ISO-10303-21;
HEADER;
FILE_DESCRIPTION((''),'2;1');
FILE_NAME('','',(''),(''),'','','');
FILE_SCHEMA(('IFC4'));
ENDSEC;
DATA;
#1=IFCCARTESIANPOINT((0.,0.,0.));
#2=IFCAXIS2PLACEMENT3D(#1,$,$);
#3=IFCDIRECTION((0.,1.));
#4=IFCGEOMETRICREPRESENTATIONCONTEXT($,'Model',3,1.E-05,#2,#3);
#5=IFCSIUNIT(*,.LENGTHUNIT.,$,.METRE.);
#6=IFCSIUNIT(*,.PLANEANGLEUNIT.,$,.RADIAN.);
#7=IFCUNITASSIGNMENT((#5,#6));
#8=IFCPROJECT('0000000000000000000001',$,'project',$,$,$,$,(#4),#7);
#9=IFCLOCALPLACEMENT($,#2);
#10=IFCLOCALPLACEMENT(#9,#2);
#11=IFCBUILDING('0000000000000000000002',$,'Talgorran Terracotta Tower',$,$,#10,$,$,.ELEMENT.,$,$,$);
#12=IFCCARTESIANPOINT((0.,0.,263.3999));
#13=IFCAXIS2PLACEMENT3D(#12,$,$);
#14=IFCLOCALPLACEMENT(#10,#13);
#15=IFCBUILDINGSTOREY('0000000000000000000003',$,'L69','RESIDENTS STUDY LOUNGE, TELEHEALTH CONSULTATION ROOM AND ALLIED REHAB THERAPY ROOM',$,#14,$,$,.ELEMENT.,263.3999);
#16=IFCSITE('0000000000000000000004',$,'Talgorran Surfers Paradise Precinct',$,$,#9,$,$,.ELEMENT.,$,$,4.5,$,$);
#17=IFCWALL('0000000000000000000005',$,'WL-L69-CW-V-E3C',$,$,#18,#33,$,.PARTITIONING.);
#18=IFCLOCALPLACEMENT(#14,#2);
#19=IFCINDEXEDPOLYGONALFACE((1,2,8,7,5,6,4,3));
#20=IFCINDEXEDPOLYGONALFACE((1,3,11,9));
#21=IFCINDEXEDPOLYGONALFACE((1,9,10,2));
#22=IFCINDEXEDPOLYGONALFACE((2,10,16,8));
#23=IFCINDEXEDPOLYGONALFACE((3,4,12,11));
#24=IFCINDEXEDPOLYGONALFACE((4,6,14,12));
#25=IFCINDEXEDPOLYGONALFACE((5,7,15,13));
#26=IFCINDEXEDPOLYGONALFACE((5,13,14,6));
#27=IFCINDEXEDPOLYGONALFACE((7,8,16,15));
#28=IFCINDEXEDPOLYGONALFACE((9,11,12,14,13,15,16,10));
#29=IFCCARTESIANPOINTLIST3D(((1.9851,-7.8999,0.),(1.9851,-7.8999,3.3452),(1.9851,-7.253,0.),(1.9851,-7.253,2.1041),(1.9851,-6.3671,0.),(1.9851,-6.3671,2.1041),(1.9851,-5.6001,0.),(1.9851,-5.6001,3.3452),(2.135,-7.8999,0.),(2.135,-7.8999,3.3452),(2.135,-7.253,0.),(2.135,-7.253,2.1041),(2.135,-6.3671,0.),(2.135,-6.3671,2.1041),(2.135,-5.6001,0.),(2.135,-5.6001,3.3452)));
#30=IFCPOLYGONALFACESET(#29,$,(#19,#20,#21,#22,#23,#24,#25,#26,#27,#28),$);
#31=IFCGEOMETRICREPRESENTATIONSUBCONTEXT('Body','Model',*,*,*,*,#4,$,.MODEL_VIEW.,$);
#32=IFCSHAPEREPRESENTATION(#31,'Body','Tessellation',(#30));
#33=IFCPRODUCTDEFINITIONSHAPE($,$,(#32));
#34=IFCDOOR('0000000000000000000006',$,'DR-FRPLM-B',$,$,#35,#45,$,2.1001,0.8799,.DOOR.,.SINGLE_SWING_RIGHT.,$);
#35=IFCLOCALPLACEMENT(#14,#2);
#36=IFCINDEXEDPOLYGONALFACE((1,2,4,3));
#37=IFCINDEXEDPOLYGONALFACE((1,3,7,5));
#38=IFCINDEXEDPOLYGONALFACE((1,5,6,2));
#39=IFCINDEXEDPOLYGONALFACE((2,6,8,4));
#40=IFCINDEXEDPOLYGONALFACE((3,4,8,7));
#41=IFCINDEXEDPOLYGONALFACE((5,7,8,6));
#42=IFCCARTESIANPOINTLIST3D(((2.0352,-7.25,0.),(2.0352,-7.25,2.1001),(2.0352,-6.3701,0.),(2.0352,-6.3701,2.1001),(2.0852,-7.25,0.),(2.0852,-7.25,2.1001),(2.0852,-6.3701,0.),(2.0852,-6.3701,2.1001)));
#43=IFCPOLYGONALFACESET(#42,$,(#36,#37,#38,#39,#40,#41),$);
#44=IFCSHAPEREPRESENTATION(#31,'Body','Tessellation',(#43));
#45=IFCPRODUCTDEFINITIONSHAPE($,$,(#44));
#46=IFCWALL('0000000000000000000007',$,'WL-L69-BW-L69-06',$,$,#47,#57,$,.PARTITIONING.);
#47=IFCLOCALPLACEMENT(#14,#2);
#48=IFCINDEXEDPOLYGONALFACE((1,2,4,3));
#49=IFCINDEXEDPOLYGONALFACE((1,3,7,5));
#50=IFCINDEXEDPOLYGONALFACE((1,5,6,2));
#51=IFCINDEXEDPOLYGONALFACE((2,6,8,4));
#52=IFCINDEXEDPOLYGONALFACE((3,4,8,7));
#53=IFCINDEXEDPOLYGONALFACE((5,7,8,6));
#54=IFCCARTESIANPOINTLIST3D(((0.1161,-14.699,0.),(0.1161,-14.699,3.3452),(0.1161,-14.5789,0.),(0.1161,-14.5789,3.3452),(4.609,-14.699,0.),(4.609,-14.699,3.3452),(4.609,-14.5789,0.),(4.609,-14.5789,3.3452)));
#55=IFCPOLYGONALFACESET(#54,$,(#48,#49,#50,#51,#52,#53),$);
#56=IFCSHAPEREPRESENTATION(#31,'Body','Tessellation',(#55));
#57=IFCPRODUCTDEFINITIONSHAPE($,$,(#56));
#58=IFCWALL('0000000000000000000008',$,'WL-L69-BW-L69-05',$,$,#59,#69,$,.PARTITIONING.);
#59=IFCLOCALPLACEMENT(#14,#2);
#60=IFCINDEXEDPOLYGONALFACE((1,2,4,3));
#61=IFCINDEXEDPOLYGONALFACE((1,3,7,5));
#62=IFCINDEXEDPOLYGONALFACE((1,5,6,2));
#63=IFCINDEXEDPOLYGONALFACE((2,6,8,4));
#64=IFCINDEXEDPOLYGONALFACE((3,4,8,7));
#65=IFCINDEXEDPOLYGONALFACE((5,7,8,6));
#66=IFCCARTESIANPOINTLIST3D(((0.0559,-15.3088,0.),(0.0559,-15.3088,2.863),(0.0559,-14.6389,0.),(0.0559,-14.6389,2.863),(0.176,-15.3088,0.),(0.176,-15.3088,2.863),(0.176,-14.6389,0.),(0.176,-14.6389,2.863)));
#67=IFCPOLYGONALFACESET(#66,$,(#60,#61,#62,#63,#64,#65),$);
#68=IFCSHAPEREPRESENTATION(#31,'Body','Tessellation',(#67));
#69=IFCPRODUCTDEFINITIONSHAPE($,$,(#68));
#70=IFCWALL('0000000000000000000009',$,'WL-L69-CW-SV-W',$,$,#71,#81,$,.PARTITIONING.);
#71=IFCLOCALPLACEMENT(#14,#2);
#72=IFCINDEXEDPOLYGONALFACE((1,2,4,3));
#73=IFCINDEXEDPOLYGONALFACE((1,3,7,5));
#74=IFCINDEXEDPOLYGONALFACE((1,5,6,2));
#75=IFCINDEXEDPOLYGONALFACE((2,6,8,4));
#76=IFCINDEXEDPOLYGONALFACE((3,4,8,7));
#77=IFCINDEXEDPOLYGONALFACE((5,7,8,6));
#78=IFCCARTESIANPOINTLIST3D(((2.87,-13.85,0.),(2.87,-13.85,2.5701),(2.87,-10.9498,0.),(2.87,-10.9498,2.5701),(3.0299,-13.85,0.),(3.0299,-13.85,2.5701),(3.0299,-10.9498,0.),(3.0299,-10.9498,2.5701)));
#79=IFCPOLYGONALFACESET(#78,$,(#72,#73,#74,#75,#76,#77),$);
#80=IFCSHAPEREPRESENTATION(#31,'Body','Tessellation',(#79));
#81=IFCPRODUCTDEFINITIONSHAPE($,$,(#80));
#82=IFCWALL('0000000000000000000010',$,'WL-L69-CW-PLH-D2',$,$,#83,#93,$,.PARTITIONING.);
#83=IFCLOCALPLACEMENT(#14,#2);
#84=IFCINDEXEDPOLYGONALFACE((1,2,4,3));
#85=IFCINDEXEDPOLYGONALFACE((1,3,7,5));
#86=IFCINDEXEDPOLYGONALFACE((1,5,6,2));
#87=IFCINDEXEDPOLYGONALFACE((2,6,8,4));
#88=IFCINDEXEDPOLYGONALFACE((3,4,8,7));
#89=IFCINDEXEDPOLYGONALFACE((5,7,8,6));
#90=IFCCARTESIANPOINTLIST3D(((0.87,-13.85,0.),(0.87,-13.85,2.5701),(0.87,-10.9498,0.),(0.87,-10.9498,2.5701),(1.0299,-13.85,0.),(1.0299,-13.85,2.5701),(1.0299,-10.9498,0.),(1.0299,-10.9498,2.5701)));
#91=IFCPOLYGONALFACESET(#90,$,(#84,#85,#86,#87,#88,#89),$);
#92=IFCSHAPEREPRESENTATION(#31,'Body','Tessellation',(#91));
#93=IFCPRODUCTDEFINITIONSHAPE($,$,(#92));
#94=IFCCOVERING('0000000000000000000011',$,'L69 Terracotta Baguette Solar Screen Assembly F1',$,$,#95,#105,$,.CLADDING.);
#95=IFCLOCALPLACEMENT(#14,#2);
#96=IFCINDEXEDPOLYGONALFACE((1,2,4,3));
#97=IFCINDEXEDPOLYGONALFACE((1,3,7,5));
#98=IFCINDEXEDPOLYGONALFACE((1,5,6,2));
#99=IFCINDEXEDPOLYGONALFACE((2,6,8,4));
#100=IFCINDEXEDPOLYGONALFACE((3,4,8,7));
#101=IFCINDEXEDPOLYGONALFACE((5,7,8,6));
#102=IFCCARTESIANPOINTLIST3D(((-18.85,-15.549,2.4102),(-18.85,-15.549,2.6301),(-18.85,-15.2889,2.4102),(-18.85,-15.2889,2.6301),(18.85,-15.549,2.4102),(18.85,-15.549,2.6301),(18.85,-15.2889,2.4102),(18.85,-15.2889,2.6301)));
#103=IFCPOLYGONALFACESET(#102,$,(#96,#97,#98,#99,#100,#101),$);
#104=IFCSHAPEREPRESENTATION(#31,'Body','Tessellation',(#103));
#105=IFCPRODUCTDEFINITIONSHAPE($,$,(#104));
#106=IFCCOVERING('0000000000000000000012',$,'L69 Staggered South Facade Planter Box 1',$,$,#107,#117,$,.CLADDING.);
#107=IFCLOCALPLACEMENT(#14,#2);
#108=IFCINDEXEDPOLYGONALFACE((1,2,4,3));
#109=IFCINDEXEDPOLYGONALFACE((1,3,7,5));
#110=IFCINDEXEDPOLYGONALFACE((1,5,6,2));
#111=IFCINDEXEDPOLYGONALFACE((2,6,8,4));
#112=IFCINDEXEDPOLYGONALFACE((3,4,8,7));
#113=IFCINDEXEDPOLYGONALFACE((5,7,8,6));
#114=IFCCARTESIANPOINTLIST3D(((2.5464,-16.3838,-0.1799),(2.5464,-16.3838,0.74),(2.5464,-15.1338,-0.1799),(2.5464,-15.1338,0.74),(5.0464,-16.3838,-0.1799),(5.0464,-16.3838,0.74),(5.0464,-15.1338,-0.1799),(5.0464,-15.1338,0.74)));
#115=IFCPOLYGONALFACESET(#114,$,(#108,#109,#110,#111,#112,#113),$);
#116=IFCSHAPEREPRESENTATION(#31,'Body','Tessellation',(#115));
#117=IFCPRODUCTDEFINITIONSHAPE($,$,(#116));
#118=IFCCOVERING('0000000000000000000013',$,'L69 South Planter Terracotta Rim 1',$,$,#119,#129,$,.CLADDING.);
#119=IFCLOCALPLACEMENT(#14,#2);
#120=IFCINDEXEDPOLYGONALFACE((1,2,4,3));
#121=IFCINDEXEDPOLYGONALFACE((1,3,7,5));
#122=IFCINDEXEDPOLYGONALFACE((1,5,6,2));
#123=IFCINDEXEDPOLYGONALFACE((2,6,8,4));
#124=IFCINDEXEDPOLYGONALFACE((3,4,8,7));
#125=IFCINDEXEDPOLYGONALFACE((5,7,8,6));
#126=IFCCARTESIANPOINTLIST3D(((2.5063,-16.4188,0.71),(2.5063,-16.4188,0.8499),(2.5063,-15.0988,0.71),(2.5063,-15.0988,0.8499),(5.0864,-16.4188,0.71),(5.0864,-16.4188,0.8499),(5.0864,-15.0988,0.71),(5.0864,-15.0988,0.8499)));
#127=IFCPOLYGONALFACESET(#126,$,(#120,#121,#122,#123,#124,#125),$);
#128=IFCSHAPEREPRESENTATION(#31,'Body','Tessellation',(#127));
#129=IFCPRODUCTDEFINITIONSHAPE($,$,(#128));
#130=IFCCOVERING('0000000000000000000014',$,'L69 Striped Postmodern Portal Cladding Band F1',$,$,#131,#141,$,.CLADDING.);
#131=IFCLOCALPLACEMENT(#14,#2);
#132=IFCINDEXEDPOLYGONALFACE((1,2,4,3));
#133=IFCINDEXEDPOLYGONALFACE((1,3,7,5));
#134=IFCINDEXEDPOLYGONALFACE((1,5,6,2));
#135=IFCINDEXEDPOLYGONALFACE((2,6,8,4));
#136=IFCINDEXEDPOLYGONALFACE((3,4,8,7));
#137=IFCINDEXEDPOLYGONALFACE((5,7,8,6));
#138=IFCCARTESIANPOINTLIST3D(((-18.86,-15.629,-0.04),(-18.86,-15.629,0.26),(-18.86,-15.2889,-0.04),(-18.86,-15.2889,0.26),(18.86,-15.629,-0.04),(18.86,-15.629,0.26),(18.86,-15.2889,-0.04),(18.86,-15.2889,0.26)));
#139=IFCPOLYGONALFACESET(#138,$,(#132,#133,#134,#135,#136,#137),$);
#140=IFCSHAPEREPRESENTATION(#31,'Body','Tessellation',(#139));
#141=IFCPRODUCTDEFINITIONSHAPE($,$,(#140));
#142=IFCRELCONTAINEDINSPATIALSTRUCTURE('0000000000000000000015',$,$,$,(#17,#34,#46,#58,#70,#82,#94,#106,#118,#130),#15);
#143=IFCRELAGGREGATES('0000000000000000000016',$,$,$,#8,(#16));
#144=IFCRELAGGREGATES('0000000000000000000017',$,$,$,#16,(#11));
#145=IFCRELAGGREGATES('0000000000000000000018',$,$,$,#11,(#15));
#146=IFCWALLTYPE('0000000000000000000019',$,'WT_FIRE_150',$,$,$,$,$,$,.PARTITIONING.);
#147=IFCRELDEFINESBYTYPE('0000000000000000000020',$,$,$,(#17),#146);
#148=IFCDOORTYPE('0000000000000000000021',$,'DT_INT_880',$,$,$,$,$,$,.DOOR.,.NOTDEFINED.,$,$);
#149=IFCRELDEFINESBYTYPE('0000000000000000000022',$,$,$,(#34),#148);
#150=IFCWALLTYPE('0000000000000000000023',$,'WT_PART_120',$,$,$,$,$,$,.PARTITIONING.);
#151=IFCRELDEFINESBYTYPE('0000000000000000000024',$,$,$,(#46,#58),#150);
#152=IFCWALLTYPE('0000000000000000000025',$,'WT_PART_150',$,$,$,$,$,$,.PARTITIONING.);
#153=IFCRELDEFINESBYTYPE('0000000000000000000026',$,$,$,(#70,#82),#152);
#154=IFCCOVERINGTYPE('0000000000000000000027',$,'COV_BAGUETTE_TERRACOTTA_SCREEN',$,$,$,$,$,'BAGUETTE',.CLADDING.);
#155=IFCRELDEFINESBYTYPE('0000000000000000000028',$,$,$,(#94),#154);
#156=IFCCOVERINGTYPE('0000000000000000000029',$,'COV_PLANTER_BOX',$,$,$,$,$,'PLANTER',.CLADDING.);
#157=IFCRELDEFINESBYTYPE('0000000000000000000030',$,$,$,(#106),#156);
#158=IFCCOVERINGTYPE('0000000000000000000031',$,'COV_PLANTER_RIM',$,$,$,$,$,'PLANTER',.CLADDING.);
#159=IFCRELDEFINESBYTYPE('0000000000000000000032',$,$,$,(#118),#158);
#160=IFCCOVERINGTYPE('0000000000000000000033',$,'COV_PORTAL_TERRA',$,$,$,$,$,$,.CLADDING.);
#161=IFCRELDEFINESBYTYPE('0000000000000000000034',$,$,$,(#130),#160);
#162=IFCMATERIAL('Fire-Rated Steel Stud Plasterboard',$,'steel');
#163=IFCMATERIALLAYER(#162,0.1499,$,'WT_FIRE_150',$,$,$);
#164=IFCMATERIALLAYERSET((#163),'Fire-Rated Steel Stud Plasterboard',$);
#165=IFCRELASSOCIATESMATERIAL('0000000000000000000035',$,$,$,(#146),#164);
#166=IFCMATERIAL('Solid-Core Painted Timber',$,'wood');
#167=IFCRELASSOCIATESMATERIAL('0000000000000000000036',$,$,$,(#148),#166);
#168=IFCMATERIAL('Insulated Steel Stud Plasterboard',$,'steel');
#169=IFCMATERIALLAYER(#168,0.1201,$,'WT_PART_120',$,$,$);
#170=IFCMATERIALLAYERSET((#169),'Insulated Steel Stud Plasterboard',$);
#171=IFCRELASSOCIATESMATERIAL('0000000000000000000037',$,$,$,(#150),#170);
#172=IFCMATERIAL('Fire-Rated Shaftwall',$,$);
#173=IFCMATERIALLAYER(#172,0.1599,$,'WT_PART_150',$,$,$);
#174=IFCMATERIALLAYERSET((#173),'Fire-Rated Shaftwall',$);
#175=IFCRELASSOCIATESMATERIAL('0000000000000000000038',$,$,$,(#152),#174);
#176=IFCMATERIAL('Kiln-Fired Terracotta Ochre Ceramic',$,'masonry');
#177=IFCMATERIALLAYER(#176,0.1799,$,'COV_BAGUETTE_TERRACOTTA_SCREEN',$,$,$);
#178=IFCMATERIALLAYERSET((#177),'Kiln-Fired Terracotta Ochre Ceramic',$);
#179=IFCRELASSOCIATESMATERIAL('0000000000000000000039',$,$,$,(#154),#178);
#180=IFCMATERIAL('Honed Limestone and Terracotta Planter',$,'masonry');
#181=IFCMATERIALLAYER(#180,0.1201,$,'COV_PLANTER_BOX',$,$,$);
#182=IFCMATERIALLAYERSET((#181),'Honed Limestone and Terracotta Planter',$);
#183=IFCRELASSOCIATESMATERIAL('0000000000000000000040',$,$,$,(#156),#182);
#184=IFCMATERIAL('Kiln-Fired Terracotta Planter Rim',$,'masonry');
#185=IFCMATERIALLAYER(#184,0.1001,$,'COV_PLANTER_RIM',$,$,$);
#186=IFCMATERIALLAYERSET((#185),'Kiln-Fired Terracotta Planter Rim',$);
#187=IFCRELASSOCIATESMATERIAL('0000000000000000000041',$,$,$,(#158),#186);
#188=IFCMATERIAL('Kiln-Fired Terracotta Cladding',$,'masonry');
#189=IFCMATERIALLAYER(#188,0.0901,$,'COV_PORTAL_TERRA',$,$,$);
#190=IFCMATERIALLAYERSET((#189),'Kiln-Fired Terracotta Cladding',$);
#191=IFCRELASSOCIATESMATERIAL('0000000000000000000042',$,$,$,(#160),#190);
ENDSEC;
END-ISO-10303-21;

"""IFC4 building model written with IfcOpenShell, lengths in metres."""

from ifc_helpers import new_model, si_unit, direction, frame, frame_2d, origin, origin_2d, place, context, subcontext, project, spatial, rectangle, extrude, material, layer, layer_set, type_object, element, fill, save


model = new_model("IFC4")

# Units and contexts
model_context = context("Model", 3, precision=1e-05, world=origin(), true_north=direction((0.0, 1.0)))
body_context = subcontext(model_context, "Body", "Model", "MODEL_VIEW")
ifc_project = project(units=[si_unit("LENGTHUNIT", "METRE"), si_unit("PLANEANGLEUNIT", "RADIAN")], contexts=[model_context])

# Site, building, storey
site_placement = place(None, origin())
site = spatial("IfcSite", under=ifc_project, at=site_placement, Name="Talgorran Surfers Paradise Precinct", CompositionType="ELEMENT", RefElevation=4.5)
building_placement = place(site_placement, origin())
building = spatial("IfcBuilding", under=site, at=building_placement, Name="Talgorran Terracotta Tower", CompositionType="ELEMENT")
storey_placement = place(building_placement, frame((0.0, 0.0, 263.3999)))
storey = spatial("IfcBuildingStorey", under=building, at=storey_placement, Name="L69", Description="RESIDENTS STUDY LOUNGE, TELEHEALTH CONSULTATION ROOM AND ALLIED REHAB THERAPY ROOM", CompositionType="ELEMENT", Elevation=263.3999)

# Shared definitions
ifc_material_1 = material(Name="Fire-Rated Steel Stud Plasterboard", Category="steel")
ifc_layer_1 = layer(ifc_material_1, 0.1499, Name="WT_FIRE_150")
ifc_layer_set_1 = layer_set([ifc_layer_1], Name="Fire-Rated Steel Stud Plasterboard")
wall_type_1 = type_object("IfcWallType", Name="WT_FIRE_150", PredefinedType="PARTITIONING", material=ifc_layer_set_1)

# Wall, opening, door
wall_1_placement = place(storey_placement, frame((2.0601, -7.8999, 0.0), z_axis=(0.0, 0.0, 1.0), x_axis=(0.0, 1.0, 0.0)))
wall_1 = element("IfcWall", 1, at=wall_1_placement, inside=storey, type_object=wall_type_1, Name="WL-L69-CW-V-E3C", PredefinedType="PARTITIONING", context=body_context, shape_type="SweptSolid", body=[
    extrude(rectangle(XDim=2.2998, YDim=0.1499, at=frame_2d((1.1499, 0.0))), origin(), (0.0, 0.0, 1.0), 3.3452),
])
opening_placement = place(wall_1_placement, frame((0.6499, 0.0, 0.0)))
opening = element("IfcOpeningElement", 2, at=opening_placement, cuts=wall_1, PredefinedType="OPENING", context=body_context, shape_type="SweptSolid", body=[
    extrude(rectangle(XDim=0.8859, YDim=2.1041, at=frame_2d((0.4399, 1.052))), frame((0.0, 0.085, 0.0), z_axis=(0.0, -1.0, 0.0), x_axis=(1.0, 0.0, 0.0)), (0.0, 0.0, 1.0), 0.1699),
])
ifc_material_2 = material(Name="Solid-Core Painted Timber", Category="wood")
door_type = type_object("IfcDoorType", Name="DT_INT_880", OperationType="NOTDEFINED", PredefinedType="DOOR", material=ifc_material_2)
door_placement = place(opening_placement, origin())
door = element("IfcDoor", 3, at=door_placement, inside=storey, type_object=door_type, Name="DR-FRPLM-B", OperationType="SINGLE_SWING_RIGHT", OverallHeight=2.1001, OverallWidth=0.8799, PredefinedType="DOOR", context=body_context, shape_type="SweptSolid", body=[
    extrude(rectangle(XDim=0.8799, YDim=2.1001, at=frame_2d((0.4399, 1.05))), frame((0.0, 0.0249, 0.0), z_axis=(0.0, -1.0, 0.0), x_axis=(1.0, 0.0, 0.0)), (0.0, 0.0, 1.0), 0.05),
])
fill(opening, door)

# Walls
ifc_material_3 = material(Name="Insulated Steel Stud Plasterboard", Category="steel")
ifc_layer_2 = layer(ifc_material_3, 0.1201, Name="WT_PART_120")
ifc_layer_set_2 = layer_set([ifc_layer_2], Name="Insulated Steel Stud Plasterboard")
wall_type_2 = type_object("IfcWallType", Name="WT_PART_120", PredefinedType="PARTITIONING", material=ifc_layer_set_2)
wall_2_placement = place(storey_placement, frame((0.116, -14.6389, 0.0), z_axis=(0.0, 0.0, 1.0), x_axis=(1.0, 0.0, 0.0)))
element("IfcWall", 4, at=wall_2_placement, inside=storey, type_object=wall_type_2, Name="WL-L69-BW-L69-06", PredefinedType="PARTITIONING", context=body_context, shape_type="SweptSolid", body=[
    extrude(rectangle(XDim=4.4929, YDim=0.1201, at=frame_2d((2.2466, 0.0))), origin(), (0.0, 0.0, 1.0), 3.3452),
])
wall_3_placement = place(storey_placement, frame((0.116, -15.3088, 0.0), z_axis=(0.0, 0.0, 1.0), x_axis=(0.0, 1.0, 0.0)))
element("IfcWall", 5, at=wall_3_placement, inside=storey, type_object=wall_type_2, Name="WL-L69-BW-L69-05", PredefinedType="PARTITIONING", context=body_context, shape_type="SweptSolid", body=[
    extrude(rectangle(XDim=0.6699, YDim=0.1201, at=frame_2d((0.335, 0.0))), origin(), (0.0, 0.0, 1.0), 2.863),
])
ifc_material_4 = material(Name="Fire-Rated Shaftwall")
ifc_layer_3 = layer(ifc_material_4, 0.1599, Name="WT_PART_150")
ifc_layer_set_3 = layer_set([ifc_layer_3], Name="Fire-Rated Shaftwall")
wall_type_3 = type_object("IfcWallType", Name="WT_PART_150", PredefinedType="PARTITIONING", material=ifc_layer_set_3)
for number, where, z_axis, x_axis, name in (
    (6, (2.95, -13.8501, 0.0), (0.0, 0.0, 1.0), (0.0, 1.0, 0.0), "WL-L69-CW-SV-W"),
    (7, (0.95, -13.8501, 0.0), (0.0, 0.0, 1.0), (0.0, 1.0, 0.0), "WL-L69-CW-PLH-D2"),
):
    element("IfcWall", number, at=place(storey_placement, frame(where, z_axis=z_axis, x_axis=x_axis)), inside=storey, type_object=wall_type_3, Name=name, PredefinedType="PARTITIONING", context=body_context, shape_type="SweptSolid", body=[
        extrude(rectangle(XDim=2.9001, YDim=0.1599, at=frame_2d((1.4502, 0.0))), origin(), (0.0, 0.0, 1.0), 2.5701),
    ])

# Coverings
ifc_material_5 = material(Name="Kiln-Fired Terracotta Ochre Ceramic", Category="masonry")
ifc_layer_4 = layer(ifc_material_5, 0.1799, Name="COV_BAGUETTE_TERRACOTTA_SCREEN")
ifc_layer_set_4 = layer_set([ifc_layer_4], Name="Kiln-Fired Terracotta Ochre Ceramic")
covering_type_1 = type_object("IfcCoveringType", Name="COV_BAGUETTE_TERRACOTTA_SCREEN", ElementType="BAGUETTE", PredefinedType="CLADDING", material=ifc_layer_set_4)
covering_1_placement = place(storey_placement, frame((0.0, -15.4189, 2.4102), z_axis=(0.0, 0.0, 1.0), x_axis=(1.0, 0.0, 0.0)))
element("IfcCovering", 8, at=covering_1_placement, inside=storey, type_object=covering_type_1, Name="L69 Terracotta Baguette Solar Screen Assembly F1", PredefinedType="CLADDING", context=body_context, shape_type="SweptSolid", body=[
    extrude(rectangle(XDim=37.7, YDim=0.26, at=origin_2d()), origin(), (0.0, 0.0, 1.0), 0.22),
])
ifc_material_6 = material(Name="Honed Limestone and Terracotta Planter", Category="masonry")
ifc_layer_5 = layer(ifc_material_6, 0.1201, Name="COV_PLANTER_BOX")
ifc_layer_set_5 = layer_set([ifc_layer_5], Name="Honed Limestone and Terracotta Planter")
covering_type_2 = type_object("IfcCoveringType", Name="COV_PLANTER_BOX", ElementType="PLANTER", PredefinedType="CLADDING", material=ifc_layer_set_5)
covering_2_placement = place(storey_placement, frame((3.7964, -15.7588, -0.1799), z_axis=(0.0, 0.0, 1.0), x_axis=(1.0, 0.0, 0.0)))
element("IfcCovering", 9, at=covering_2_placement, inside=storey, type_object=covering_type_2, Name="L69 Staggered South Facade Planter Box 1", PredefinedType="CLADDING", context=body_context, shape_type="SweptSolid", body=[
    extrude(rectangle(XDim=2.5, YDim=1.25, at=origin_2d()), origin(), (0.0, 0.0, 1.0), 0.9199),
])
ifc_material_7 = material(Name="Kiln-Fired Terracotta Planter Rim", Category="masonry")
ifc_layer_6 = layer(ifc_material_7, 0.1001, Name="COV_PLANTER_RIM")
ifc_layer_set_6 = layer_set([ifc_layer_6], Name="Kiln-Fired Terracotta Planter Rim")
covering_type_3 = type_object("IfcCoveringType", Name="COV_PLANTER_RIM", ElementType="PLANTER", PredefinedType="CLADDING", material=ifc_layer_set_6)
covering_3_placement = place(storey_placement, frame((3.7964, -15.7588, 0.71), z_axis=(0.0, 0.0, 1.0), x_axis=(1.0, 0.0, 0.0)))
element("IfcCovering", 10, at=covering_3_placement, inside=storey, type_object=covering_type_3, Name="L69 South Planter Terracotta Rim 1", PredefinedType="CLADDING", context=body_context, shape_type="SweptSolid", body=[
    extrude(rectangle(XDim=2.5801, YDim=1.3201, at=origin_2d()), origin(), (0.0, 0.0, 1.0), 0.1399),
])
ifc_material_8 = material(Name="Kiln-Fired Terracotta Cladding", Category="masonry")
ifc_layer_7 = layer(ifc_material_8, 0.0901, Name="COV_PORTAL_TERRA")
ifc_layer_set_7 = layer_set([ifc_layer_7], Name="Kiln-Fired Terracotta Cladding")
covering_type_4 = type_object("IfcCoveringType", Name="COV_PORTAL_TERRA", PredefinedType="CLADDING", material=ifc_layer_set_7)
covering_4_placement = place(storey_placement, frame((0.0, -15.459, -0.04), z_axis=(0.0, 0.0, 1.0), x_axis=(1.0, 0.0, 0.0)))
element("IfcCovering", 11, at=covering_4_placement, inside=storey, type_object=covering_type_4, Name="L69 Striped Postmodern Portal Cladding Band F1", PredefinedType="CLADDING", context=body_context, shape_type="SweptSolid", body=[
    extrude(rectangle(XDim=37.72, YDim=0.3401, at=origin_2d()), origin(), (0.0, 0.0, 1.0), 0.3),
])

save(model, "model.ifc")
